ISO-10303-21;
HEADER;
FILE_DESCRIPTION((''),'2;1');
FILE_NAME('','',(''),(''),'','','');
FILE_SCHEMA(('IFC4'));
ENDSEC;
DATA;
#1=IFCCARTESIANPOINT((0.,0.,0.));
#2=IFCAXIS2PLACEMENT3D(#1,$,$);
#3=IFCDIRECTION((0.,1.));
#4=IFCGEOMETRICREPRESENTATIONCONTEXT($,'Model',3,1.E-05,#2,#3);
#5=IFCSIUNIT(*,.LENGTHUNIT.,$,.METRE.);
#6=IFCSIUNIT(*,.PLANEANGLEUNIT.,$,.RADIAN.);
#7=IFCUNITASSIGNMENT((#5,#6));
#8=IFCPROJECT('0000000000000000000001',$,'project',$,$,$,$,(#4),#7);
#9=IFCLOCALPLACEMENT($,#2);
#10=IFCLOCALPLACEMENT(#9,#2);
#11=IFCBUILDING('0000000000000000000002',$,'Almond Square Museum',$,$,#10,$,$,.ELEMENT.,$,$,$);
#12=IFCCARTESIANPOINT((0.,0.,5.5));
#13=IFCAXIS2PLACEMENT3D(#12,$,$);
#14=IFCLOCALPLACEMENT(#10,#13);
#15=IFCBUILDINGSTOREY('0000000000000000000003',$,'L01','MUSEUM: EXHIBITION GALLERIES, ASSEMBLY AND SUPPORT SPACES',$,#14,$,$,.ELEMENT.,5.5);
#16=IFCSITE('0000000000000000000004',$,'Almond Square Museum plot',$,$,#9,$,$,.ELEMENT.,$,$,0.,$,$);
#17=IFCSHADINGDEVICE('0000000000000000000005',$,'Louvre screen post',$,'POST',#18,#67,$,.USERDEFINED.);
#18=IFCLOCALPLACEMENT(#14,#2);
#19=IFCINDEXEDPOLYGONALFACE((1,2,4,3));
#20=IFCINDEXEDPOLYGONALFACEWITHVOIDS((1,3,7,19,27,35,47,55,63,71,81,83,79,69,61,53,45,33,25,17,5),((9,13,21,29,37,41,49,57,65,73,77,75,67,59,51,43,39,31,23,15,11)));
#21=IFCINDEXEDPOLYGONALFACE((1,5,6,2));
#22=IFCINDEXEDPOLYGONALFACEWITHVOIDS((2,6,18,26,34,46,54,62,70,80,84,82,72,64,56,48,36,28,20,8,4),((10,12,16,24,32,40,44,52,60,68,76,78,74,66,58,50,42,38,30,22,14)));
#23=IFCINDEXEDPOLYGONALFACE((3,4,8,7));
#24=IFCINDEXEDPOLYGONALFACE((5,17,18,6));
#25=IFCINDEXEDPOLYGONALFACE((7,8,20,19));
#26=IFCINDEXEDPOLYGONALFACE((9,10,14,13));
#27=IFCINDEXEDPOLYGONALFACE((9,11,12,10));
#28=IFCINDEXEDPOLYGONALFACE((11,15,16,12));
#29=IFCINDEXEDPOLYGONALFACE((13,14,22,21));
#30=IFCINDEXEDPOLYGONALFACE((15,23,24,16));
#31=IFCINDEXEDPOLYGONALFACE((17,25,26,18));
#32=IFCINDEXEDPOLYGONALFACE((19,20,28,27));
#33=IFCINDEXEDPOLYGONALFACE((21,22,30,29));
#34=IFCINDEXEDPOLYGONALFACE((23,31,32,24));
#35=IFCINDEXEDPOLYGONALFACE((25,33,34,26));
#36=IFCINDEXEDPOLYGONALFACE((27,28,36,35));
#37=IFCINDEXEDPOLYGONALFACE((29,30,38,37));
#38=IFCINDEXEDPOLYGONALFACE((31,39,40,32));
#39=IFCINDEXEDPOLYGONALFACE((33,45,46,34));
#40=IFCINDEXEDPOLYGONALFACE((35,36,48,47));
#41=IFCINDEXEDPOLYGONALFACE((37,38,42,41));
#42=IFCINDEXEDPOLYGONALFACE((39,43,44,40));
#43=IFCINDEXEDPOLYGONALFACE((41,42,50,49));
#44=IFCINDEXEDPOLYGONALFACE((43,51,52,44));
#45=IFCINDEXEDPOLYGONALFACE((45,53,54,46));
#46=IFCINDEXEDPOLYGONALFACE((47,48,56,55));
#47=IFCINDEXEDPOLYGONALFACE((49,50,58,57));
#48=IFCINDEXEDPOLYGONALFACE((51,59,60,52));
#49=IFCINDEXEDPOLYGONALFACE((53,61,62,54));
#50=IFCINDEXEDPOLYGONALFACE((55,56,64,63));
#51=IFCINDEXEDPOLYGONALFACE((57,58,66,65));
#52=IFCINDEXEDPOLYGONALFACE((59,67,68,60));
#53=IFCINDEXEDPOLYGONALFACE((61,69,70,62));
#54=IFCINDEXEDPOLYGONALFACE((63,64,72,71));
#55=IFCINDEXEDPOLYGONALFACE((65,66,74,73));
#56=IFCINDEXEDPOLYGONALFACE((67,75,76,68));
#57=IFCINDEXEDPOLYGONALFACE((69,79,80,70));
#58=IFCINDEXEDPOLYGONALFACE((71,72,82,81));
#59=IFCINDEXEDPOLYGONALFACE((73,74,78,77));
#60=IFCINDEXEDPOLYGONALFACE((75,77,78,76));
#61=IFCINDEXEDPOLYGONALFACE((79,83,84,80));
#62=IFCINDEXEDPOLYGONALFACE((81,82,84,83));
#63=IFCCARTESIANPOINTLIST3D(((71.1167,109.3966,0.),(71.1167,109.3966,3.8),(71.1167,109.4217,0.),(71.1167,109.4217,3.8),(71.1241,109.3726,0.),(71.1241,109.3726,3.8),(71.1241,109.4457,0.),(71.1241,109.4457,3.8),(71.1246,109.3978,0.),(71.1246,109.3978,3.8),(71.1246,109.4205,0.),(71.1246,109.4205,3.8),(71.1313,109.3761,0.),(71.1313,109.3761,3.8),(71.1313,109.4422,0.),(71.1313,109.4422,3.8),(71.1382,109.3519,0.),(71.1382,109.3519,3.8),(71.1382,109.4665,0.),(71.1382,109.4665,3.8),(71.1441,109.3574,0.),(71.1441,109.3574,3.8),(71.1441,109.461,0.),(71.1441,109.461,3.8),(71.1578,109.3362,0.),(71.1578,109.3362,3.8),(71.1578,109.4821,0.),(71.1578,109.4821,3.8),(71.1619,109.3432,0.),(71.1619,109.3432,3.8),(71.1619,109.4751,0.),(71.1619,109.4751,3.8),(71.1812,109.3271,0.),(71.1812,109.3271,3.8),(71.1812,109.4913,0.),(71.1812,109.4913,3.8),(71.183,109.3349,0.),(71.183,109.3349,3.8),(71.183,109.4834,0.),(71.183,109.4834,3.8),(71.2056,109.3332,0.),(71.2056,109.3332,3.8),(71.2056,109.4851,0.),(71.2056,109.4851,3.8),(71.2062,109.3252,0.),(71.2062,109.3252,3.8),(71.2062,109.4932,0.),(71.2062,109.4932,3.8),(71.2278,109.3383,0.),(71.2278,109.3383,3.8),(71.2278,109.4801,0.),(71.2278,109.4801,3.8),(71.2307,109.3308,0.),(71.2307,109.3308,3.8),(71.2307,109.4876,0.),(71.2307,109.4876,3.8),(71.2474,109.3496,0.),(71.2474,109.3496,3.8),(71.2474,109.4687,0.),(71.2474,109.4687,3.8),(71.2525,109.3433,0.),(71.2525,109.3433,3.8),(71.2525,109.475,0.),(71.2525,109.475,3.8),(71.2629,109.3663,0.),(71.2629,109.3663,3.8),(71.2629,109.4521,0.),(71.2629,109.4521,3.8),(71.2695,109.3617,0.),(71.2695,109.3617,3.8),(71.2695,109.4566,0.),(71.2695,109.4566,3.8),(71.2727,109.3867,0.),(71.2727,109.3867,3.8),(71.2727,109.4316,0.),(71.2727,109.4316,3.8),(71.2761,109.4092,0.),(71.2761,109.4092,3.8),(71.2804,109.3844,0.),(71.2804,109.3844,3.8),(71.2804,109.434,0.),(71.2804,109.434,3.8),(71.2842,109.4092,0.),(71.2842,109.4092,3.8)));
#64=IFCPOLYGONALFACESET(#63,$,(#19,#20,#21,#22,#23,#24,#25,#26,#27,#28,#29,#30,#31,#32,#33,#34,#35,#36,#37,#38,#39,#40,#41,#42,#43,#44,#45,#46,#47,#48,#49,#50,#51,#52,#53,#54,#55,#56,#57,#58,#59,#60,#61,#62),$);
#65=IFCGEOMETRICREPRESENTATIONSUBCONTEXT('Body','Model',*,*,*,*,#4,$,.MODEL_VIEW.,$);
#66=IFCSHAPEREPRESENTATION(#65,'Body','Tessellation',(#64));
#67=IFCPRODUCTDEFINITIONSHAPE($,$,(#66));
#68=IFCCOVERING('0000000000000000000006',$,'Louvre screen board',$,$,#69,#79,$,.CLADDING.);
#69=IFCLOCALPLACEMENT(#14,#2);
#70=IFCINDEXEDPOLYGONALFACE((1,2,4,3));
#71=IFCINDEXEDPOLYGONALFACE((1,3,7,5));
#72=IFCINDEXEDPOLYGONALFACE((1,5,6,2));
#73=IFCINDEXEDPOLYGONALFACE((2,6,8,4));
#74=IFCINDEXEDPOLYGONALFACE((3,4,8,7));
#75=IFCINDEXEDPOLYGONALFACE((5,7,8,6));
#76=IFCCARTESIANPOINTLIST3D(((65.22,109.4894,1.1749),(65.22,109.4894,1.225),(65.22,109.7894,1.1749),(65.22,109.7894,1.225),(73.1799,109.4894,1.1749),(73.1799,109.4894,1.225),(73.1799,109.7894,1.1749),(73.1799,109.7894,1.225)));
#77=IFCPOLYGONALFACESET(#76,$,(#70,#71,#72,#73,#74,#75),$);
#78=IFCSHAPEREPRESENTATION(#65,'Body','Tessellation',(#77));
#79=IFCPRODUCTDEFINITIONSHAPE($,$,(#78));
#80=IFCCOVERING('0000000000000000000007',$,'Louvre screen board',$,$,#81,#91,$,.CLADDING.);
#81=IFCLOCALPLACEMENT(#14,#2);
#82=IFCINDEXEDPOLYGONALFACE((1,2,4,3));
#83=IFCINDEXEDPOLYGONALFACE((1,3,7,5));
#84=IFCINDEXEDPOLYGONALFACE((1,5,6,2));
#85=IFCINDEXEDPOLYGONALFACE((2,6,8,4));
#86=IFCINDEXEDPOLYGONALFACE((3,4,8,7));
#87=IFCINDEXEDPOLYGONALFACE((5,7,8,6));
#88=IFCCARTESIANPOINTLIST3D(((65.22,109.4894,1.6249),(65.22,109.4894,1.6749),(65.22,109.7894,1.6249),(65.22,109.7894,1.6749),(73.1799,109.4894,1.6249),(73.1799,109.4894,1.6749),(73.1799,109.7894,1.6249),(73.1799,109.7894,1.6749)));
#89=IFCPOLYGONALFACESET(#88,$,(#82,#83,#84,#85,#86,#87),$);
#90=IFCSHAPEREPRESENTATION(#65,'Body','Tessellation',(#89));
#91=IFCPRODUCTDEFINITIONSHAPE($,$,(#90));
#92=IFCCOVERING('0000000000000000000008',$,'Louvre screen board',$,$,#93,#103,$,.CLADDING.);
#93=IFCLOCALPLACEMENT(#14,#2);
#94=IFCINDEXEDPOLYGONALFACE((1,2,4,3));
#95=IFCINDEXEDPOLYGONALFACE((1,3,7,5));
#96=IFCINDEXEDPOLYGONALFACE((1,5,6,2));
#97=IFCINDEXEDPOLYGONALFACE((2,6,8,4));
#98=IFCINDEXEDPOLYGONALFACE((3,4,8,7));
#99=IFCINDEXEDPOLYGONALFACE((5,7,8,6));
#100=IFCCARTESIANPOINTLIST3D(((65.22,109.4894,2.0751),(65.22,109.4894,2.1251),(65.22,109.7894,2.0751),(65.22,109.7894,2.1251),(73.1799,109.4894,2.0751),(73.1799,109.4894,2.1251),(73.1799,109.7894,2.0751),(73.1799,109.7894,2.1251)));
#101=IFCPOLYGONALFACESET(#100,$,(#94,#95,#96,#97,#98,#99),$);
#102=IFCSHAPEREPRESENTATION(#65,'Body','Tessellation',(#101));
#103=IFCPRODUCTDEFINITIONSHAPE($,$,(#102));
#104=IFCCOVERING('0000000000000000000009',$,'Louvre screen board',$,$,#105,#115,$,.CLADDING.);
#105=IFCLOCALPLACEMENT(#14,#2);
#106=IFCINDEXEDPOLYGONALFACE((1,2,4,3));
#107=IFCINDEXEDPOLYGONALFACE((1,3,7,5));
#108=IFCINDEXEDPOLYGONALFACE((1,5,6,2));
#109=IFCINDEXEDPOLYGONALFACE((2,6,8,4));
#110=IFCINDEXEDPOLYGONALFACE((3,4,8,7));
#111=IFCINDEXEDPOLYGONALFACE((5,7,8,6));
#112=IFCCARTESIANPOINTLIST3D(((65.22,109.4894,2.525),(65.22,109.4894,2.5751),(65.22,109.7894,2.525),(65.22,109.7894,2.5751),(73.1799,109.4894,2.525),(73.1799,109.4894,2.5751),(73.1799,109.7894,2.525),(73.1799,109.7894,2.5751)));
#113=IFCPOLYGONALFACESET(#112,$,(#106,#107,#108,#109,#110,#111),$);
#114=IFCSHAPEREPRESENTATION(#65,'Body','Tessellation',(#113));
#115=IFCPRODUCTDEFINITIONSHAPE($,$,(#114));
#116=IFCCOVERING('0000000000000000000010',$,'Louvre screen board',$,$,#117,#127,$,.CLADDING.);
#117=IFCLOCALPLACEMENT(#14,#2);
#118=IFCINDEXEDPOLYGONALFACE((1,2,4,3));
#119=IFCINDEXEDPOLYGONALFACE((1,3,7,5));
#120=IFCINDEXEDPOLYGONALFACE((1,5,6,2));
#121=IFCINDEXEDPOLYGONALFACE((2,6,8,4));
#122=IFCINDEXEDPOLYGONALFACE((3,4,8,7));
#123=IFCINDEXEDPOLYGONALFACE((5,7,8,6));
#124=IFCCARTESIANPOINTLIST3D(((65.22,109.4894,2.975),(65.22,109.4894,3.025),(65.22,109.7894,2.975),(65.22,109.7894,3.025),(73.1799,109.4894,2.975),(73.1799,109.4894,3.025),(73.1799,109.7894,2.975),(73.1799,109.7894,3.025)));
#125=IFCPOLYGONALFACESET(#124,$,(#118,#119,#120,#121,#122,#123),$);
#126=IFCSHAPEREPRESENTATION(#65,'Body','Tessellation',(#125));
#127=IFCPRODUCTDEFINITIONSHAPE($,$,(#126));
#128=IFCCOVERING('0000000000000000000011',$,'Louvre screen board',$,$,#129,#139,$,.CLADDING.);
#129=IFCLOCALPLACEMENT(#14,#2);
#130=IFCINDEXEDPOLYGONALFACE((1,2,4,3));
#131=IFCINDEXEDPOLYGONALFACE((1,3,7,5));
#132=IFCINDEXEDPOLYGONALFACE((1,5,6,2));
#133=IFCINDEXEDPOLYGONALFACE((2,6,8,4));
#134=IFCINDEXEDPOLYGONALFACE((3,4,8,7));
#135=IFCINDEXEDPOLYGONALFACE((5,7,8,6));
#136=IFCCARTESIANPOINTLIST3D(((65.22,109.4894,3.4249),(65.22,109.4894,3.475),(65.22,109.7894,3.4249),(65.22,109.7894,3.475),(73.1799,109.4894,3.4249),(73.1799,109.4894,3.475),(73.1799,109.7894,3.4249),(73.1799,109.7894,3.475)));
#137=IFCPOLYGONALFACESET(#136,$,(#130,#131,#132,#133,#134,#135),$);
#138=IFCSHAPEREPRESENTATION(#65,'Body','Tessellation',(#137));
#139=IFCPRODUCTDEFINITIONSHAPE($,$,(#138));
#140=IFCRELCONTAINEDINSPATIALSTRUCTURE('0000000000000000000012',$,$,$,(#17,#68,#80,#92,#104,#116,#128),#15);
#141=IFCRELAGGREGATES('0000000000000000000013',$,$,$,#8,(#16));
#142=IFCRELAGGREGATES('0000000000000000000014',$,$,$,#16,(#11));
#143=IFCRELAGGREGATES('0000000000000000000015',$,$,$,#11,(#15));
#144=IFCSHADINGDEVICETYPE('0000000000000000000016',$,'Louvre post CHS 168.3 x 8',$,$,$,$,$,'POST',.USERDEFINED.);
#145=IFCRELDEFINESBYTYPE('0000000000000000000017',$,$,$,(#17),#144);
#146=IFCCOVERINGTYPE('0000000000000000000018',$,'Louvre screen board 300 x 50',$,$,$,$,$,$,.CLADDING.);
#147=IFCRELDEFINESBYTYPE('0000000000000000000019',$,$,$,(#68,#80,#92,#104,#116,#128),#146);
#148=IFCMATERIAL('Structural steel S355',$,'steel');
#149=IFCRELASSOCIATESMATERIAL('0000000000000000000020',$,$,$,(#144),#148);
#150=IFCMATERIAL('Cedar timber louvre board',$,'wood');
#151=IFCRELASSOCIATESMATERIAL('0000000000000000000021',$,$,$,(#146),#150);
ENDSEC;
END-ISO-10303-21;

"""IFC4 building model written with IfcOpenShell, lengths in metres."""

from ifc_helpers import new_model, si_unit, direction, frame, origin, origin_2d, place, context, subcontext, project, spatial, rectangle, hollow_circle, extrude, material, material_profile, profile_set, type_object, element, save


model = new_model("IFC4")

# Units and contexts
model_context = context("Model", 3, precision=1e-05, world=origin(), true_north=direction((0.0, 1.0)))
body_context = subcontext(model_context, "Body", "Model", "MODEL_VIEW")
ifc_project = project(units=[si_unit("LENGTHUNIT", "METRE"), si_unit("PLANEANGLEUNIT", "RADIAN")], contexts=[model_context])

# Site, building, storey
site_placement = place(None, origin())
site = spatial("IfcSite", under=ifc_project, at=site_placement, Name="Almond Square Museum plot", CompositionType="ELEMENT", RefElevation=0.0)
building_placement = place(site_placement, origin())
building = spatial("IfcBuilding", under=site, at=building_placement, Name="Almond Square Museum", CompositionType="ELEMENT")
storey_placement = place(building_placement, frame((0.0, 0.0, 5.5)))
storey = spatial("IfcBuildingStorey", under=building, at=storey_placement, Name="L01", Description="MUSEUM: EXHIBITION GALLERIES, ASSEMBLY AND SUPPORT SPACES", CompositionType="ELEMENT", Elevation=5.5)

# Shading device
ifc_material_1 = material(Name="Structural steel S355", Category="steel")
ifc_material_profile_1 = material_profile(ifc_material_1, hollow_circle(Radius=0.0842, WallThickness=0.0081, at=origin_2d()))
ifc_profile_set_1 = profile_set([ifc_material_profile_1], Name="Structural steel S355")
shading_device_type = type_object("IfcShadingDeviceType", Name="Louvre post CHS 168.3 x 8", ElementType="POST", PredefinedType="USERDEFINED", material=ifc_profile_set_1)
for number, where, z_axis, x_axis, name in (
    (1, (71.2, 109.4092, 0.0), (0.0, 0.0, 1.0), (1.0, 0.0, 0.0), "Louvre screen post"),
):
    element("IfcShadingDevice", number, at=place(storey_placement, frame(where, z_axis=z_axis, x_axis=x_axis)), inside=storey, type_object=shading_device_type, Name=name, ObjectType="POST", PredefinedType="USERDEFINED", context=body_context, shape_type="SweptSolid", body=[
        extrude(hollow_circle(Radius=0.0842, WallThickness=0.0081, at=origin_2d()), origin(), (0.0, 0.0, 1.0), 3.8),
    ])

# Coverings
ifc_material_2 = material(Name="Cedar timber louvre board", Category="wood")
ifc_material_profile_2 = material_profile(ifc_material_2, rectangle(XDim=0.3, YDim=0.05, at=origin_2d()))
ifc_profile_set_2 = profile_set([ifc_material_profile_2], Name="Cedar timber louvre board")
covering_type = type_object("IfcCoveringType", Name="Louvre screen board 300 x 50", PredefinedType="CLADDING", material=ifc_profile_set_2)
for number, where, z_axis, x_axis, name in (
    (2, (65.22, 109.6394, 1.2), (1.0, 0.0, 0.0), (0.0, 1.0, 0.0), "Louvre screen board"),
    (3, (65.22, 109.6394, 1.6499), (1.0, 0.0, 0.0), (0.0, 1.0, 0.0), "Louvre screen board"),
    (4, (65.22, 109.6394, 2.1001), (1.0, 0.0, 0.0), (0.0, 1.0, 0.0), "Louvre screen board"),
    (5, (65.22, 109.6394, 2.55), (1.0, 0.0, 0.0), (0.0, 1.0, 0.0), "Louvre screen board"),
    (6, (65.22, 109.6394, 3.0), (1.0, 0.0, 0.0), (0.0, 1.0, 0.0), "Louvre screen board"),
    (7, (65.22, 109.6394, 3.45), (1.0, 0.0, 0.0), (0.0, 1.0, 0.0), "Louvre screen board"),
):
    element("IfcCovering", number, at=place(storey_placement, frame(where, z_axis=z_axis, x_axis=x_axis)), inside=storey, type_object=covering_type, Name=name, PredefinedType="CLADDING", context=body_context, shape_type="SweptSolid", body=[
        extrude(rectangle(XDim=0.3, YDim=0.05, at=origin_2d()), origin(), (0.0, 0.0, 1.0), 7.96),
    ])

save(model, "model.ifc")
